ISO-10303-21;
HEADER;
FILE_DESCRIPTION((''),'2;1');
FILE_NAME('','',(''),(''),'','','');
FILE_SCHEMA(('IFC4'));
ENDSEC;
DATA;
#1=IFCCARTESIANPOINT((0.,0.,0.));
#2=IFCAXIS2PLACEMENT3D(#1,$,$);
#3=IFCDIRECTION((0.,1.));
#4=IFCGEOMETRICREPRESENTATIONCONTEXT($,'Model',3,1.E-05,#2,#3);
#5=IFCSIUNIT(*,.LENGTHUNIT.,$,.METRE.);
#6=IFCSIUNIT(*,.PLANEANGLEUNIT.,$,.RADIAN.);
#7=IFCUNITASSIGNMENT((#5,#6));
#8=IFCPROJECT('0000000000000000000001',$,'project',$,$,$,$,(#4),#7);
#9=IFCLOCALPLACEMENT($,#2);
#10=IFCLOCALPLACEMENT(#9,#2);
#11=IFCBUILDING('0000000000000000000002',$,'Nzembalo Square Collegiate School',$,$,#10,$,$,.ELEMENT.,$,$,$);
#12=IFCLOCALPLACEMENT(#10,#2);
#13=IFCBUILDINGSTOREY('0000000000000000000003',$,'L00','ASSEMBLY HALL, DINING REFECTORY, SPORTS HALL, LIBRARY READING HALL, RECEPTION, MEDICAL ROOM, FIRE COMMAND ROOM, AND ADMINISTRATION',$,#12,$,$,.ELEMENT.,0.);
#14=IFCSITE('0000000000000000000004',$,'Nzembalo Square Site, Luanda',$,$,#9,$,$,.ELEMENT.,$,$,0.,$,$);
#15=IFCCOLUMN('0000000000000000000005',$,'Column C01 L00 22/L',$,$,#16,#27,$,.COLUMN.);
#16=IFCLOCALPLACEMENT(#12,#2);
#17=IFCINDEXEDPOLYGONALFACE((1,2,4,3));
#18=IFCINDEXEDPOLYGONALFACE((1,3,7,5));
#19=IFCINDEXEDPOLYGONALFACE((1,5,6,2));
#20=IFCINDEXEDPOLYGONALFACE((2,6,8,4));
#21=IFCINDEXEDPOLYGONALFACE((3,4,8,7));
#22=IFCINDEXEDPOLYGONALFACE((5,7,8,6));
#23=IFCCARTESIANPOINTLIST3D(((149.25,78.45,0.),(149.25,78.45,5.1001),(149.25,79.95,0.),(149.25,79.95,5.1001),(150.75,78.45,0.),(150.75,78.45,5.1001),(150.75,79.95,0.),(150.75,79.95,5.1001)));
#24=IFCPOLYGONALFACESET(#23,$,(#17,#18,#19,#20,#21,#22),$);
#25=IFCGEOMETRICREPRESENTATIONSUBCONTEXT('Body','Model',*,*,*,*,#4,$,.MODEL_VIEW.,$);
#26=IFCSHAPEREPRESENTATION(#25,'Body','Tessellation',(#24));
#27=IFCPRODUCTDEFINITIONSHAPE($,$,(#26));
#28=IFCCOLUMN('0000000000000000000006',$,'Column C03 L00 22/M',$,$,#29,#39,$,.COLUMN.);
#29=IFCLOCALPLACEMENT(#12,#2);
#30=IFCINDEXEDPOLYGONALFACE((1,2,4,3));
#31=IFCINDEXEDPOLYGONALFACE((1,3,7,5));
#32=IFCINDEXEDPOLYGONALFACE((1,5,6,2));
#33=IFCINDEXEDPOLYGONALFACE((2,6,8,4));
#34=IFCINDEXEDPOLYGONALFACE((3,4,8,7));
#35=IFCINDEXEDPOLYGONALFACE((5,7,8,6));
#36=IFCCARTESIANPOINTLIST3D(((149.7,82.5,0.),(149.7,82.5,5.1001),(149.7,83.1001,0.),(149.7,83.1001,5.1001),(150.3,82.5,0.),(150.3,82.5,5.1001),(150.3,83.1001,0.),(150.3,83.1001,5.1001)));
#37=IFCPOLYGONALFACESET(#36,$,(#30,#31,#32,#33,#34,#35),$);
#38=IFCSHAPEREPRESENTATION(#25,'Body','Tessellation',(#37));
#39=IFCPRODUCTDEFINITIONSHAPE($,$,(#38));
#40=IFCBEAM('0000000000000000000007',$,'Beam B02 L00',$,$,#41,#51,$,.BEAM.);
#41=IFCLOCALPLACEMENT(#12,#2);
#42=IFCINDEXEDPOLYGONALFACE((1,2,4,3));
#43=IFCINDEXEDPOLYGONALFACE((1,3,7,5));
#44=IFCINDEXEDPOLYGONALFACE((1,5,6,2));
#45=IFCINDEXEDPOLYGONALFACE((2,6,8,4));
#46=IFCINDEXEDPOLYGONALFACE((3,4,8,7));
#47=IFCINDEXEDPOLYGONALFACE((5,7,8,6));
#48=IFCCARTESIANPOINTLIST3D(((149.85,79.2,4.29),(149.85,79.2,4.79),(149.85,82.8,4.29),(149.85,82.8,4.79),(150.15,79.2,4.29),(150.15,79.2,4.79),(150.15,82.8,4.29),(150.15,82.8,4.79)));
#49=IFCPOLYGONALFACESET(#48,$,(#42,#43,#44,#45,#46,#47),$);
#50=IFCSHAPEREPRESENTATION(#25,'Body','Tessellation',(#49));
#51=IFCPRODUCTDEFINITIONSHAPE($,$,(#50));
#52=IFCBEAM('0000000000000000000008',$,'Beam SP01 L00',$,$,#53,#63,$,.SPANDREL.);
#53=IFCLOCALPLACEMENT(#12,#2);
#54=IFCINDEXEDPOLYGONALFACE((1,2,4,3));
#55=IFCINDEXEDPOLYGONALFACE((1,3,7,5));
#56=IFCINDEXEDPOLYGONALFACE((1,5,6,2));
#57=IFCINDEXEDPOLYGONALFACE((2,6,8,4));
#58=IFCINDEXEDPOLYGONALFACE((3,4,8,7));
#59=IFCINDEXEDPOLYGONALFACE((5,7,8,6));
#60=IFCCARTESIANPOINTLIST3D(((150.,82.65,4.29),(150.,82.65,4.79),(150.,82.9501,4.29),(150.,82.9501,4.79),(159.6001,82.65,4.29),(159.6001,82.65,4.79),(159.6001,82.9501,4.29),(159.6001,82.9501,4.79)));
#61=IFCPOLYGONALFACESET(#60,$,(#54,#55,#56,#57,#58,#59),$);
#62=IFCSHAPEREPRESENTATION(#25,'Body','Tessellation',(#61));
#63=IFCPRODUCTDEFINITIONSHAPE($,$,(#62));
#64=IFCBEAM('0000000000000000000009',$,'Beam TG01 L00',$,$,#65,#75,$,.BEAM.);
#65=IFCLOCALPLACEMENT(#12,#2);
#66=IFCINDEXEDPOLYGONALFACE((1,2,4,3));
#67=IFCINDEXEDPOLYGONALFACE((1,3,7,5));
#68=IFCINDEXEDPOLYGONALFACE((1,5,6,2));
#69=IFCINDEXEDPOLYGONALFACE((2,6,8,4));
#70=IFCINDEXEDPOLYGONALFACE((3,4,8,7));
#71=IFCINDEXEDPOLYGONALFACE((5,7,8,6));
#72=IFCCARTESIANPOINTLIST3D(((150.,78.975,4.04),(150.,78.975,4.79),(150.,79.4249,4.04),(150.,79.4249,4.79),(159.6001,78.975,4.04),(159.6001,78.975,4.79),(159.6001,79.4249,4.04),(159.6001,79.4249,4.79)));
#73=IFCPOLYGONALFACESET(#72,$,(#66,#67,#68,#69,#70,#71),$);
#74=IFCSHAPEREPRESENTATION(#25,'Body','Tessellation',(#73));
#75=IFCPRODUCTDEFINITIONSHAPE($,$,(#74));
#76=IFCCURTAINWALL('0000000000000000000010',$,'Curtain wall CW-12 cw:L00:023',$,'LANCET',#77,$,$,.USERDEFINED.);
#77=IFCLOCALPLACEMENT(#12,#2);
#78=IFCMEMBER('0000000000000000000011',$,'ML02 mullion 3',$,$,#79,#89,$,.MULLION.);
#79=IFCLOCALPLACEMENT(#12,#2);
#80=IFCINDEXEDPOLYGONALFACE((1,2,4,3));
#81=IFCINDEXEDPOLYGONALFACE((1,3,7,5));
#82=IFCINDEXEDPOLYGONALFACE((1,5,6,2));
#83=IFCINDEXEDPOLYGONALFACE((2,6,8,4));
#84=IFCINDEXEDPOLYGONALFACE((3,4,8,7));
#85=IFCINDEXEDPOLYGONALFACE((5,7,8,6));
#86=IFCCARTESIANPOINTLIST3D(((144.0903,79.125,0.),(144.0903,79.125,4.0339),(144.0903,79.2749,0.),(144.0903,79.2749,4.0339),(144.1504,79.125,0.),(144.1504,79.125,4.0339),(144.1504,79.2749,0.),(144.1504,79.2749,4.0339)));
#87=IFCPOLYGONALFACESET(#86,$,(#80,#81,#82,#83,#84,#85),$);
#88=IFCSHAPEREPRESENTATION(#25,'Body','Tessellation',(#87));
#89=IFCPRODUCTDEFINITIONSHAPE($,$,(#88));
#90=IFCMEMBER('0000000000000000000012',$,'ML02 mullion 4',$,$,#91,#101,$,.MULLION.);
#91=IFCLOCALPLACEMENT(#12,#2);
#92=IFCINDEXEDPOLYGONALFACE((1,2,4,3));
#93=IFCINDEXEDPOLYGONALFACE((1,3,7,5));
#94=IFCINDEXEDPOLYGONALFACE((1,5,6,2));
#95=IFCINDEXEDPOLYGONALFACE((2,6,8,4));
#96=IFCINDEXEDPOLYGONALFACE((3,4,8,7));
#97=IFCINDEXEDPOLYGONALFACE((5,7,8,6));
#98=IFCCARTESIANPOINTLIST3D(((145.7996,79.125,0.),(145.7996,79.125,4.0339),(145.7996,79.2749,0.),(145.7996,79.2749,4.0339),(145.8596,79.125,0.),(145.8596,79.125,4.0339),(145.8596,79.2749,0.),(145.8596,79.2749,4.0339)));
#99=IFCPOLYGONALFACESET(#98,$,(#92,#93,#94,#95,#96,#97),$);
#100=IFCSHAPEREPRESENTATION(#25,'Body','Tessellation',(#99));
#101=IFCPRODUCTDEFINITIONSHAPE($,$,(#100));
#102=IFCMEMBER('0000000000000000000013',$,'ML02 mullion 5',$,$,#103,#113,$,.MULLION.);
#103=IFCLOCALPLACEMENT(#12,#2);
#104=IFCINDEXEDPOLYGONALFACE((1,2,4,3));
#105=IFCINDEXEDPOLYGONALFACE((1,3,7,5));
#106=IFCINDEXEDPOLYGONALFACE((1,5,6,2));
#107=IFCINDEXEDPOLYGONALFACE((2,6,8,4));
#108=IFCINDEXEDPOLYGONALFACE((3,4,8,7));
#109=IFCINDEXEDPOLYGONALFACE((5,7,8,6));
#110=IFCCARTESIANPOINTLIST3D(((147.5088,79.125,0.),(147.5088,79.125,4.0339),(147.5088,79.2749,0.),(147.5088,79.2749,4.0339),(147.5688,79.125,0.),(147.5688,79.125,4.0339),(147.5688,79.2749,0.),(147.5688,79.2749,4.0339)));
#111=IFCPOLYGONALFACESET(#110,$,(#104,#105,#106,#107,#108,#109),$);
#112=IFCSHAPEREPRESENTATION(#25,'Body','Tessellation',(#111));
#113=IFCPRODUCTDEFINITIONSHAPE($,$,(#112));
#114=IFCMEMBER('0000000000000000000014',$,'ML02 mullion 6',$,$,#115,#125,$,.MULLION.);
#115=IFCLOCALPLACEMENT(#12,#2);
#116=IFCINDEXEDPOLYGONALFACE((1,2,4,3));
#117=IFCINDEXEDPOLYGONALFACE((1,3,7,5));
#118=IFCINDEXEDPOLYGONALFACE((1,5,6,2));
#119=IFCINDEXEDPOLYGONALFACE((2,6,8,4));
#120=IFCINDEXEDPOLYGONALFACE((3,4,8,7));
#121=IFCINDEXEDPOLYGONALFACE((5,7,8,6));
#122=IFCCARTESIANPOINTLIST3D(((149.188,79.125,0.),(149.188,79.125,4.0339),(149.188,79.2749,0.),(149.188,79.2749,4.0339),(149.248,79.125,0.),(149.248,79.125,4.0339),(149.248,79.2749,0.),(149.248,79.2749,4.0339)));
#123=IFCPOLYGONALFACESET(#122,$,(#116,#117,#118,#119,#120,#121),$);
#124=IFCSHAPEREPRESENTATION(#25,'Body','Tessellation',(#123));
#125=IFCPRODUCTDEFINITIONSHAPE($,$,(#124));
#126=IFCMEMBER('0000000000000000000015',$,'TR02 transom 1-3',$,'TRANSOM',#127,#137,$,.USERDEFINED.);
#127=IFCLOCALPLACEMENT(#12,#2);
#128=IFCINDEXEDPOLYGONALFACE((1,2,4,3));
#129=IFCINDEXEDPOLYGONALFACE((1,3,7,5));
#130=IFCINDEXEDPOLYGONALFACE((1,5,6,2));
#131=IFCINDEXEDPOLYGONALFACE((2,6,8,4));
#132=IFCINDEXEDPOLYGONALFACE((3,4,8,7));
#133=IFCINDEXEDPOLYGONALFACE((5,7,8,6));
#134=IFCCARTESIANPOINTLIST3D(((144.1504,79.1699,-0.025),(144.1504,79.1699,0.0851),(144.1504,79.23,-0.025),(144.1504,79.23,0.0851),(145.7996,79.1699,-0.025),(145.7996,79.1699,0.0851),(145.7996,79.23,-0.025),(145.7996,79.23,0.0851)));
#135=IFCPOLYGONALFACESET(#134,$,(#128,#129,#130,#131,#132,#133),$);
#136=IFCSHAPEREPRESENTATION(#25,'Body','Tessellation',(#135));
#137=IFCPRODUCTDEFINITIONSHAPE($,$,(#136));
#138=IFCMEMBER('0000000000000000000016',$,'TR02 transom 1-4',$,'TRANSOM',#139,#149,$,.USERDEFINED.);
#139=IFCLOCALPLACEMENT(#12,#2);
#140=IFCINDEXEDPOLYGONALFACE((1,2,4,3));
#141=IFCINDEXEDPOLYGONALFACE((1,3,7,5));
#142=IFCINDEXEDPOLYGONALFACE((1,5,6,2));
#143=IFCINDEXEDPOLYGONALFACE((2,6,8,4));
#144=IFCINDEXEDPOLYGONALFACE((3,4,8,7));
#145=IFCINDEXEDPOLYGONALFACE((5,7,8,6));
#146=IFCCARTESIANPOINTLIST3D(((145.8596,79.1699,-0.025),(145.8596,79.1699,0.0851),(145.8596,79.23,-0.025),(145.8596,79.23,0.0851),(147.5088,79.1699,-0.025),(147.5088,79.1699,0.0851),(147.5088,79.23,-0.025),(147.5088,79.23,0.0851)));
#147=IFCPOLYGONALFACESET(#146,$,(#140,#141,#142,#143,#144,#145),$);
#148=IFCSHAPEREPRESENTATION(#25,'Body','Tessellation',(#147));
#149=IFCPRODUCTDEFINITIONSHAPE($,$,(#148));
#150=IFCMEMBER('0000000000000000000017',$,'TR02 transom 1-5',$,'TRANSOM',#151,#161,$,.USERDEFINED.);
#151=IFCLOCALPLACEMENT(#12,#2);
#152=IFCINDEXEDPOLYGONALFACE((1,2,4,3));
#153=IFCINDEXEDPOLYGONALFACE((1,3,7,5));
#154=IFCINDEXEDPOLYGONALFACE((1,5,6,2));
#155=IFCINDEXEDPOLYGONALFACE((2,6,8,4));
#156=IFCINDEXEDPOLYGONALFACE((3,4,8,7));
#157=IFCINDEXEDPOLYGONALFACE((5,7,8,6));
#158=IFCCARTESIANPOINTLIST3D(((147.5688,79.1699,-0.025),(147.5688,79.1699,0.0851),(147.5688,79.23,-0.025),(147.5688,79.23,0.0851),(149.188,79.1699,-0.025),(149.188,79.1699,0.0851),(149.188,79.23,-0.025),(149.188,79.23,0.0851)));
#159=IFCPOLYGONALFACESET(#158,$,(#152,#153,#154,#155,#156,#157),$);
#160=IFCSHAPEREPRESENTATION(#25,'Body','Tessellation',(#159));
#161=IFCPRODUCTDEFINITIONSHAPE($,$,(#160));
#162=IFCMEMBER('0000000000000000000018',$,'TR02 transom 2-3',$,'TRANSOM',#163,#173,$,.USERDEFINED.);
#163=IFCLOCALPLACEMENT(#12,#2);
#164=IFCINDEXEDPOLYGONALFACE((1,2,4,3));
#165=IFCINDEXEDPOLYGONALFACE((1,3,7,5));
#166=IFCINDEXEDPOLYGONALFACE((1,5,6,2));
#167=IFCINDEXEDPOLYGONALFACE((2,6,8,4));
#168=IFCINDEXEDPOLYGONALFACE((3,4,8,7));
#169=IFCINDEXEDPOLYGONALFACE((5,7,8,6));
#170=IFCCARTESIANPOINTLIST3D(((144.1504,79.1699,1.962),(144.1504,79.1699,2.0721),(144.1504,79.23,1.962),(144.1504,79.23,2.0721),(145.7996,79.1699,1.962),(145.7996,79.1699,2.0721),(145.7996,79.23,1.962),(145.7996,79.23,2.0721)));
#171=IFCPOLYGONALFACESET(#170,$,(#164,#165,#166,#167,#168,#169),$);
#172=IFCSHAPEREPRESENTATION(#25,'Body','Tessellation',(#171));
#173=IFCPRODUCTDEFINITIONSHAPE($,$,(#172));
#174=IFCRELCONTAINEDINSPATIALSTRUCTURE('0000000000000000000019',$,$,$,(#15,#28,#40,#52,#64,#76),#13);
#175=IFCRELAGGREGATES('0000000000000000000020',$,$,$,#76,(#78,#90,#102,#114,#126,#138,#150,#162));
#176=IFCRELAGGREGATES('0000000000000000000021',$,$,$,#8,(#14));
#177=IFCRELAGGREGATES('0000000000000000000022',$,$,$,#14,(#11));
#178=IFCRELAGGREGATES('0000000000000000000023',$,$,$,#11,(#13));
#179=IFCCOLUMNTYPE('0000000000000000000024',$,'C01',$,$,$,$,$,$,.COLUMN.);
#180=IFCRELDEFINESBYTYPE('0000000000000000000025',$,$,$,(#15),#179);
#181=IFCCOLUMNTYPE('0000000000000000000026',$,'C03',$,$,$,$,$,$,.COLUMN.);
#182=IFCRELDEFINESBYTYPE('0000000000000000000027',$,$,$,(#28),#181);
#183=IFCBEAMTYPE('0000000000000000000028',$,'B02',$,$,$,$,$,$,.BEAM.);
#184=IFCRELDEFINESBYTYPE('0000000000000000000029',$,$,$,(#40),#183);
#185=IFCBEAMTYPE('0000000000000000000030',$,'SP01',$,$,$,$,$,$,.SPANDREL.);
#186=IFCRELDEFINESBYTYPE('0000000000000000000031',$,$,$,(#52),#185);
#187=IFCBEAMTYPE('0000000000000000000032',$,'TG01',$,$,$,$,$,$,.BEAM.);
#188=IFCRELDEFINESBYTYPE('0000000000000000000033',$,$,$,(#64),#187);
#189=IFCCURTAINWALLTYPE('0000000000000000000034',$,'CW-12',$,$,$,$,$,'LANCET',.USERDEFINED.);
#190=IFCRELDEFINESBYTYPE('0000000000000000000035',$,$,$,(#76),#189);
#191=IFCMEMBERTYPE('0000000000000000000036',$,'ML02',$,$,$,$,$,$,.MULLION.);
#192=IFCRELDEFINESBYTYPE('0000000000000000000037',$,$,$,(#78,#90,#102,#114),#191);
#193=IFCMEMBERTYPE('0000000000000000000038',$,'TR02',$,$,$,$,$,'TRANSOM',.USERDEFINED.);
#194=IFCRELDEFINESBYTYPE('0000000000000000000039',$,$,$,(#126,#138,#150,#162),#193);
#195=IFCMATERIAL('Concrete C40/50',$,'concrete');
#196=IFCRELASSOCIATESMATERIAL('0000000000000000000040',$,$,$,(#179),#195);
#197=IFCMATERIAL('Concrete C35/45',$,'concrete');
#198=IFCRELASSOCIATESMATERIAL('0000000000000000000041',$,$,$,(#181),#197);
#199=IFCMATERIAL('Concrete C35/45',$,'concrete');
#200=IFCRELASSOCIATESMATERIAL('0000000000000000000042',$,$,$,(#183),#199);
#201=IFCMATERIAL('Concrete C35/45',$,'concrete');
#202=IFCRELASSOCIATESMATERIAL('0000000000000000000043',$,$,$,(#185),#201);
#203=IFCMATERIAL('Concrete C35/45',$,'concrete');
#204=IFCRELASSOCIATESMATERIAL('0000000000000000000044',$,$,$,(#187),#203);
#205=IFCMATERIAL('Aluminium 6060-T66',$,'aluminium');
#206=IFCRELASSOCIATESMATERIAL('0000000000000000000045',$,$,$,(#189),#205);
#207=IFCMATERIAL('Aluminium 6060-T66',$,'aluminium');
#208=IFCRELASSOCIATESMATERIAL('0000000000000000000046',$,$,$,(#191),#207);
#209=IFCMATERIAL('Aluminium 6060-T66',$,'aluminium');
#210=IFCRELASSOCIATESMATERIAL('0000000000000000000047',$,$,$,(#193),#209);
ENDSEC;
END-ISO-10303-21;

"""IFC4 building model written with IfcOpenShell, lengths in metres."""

from ifc_helpers import new_model, si_unit, direction, frame, origin, origin_2d, place, context, subcontext, project, spatial, rectangle, extrude, material, material_profile, profile_set, type_object, element, aggregate, save


model = new_model("IFC4")

# Units and contexts
model_context = context("Model", 3, precision=1e-05, world=origin(), true_north=direction((0.0, 1.0)))
body_context = subcontext(model_context, "Body", "Model", "MODEL_VIEW")
ifc_project = project(units=[si_unit("LENGTHUNIT", "METRE"), si_unit("PLANEANGLEUNIT", "RADIAN")], contexts=[model_context])

# Site, building, storey
site_placement = place(None, origin())
site = spatial("IfcSite", under=ifc_project, at=site_placement, Name="Nzembalo Square Site, Luanda", CompositionType="ELEMENT", RefElevation=0.0)
building_placement = place(site_placement, origin())
building = spatial("IfcBuilding", under=site, at=building_placement, Name="Nzembalo Square Collegiate School", CompositionType="ELEMENT")
storey_placement = place(building_placement, origin())
storey = spatial("IfcBuildingStorey", under=building, at=storey_placement, Name="L00", Description="ASSEMBLY HALL, DINING REFECTORY, SPORTS HALL, LIBRARY READING HALL, RECEPTION, MEDICAL ROOM, FIRE COMMAND ROOM, AND ADMINISTRATION", CompositionType="ELEMENT", Elevation=0.0)

# Columns
ifc_material_1 = material(Name="Concrete C40/50", Category="concrete")
ifc_material_profile_1 = material_profile(ifc_material_1, rectangle(XDim=1.5, YDim=1.5, at=origin_2d()), Name="RC 1500x1500")
ifc_profile_set_1 = profile_set([ifc_material_profile_1], Name="Concrete C40/50")
column_type_1 = type_object("IfcColumnType", Name="C01", PredefinedType="COLUMN", material=ifc_profile_set_1)
column_1_placement = place(storey_placement, frame((150.0, 79.2, 0.0), z_axis=(0.0, 0.0, 1.0), x_axis=(1.0, 0.0, 0.0)))
element("IfcColumn", 1, at=column_1_placement, inside=storey, type_object=column_type_1, Name="Column C01 L00 22/L", PredefinedType="COLUMN", context=body_context, shape_type="SweptSolid", body=[
    extrude(rectangle(XDim=1.5, YDim=1.5, at=origin_2d()), origin(), (0.0, 0.0, 1.0), 5.1001),
])
ifc_material_2 = material(Name="Concrete C35/45", Category="concrete")
ifc_material_profile_2 = material_profile(ifc_material_2, rectangle(XDim=0.6001, YDim=0.6001, at=origin_2d()), Name="RC 600x600")
ifc_profile_set_2 = profile_set([ifc_material_profile_2], Name="Concrete C35/45")
column_type_2 = type_object("IfcColumnType", Name="C03", PredefinedType="COLUMN", material=ifc_profile_set_2)
column_2_placement = place(storey_placement, frame((150.0, 82.8, 0.0), z_axis=(0.0, 0.0, 1.0), x_axis=(1.0, 0.0, 0.0)))
element("IfcColumn", 2, at=column_2_placement, inside=storey, type_object=column_type_2, Name="Column C03 L00 22/M", PredefinedType="COLUMN", context=body_context, shape_type="SweptSolid", body=[
    extrude(rectangle(XDim=0.6001, YDim=0.6001, at=origin_2d()), origin(), (0.0, 0.0, 1.0), 5.1001),
])

# Beams
ifc_material_3 = material(Name="Concrete C35/45", Category="concrete")
ifc_material_profile_3 = material_profile(ifc_material_3, rectangle(XDim=0.3, YDim=0.5, at=origin_2d()), Name="RC 300x500")
ifc_profile_set_3 = profile_set([ifc_material_profile_3], Name="Concrete C35/45")
beam_type_1 = type_object("IfcBeamType", Name="B02", PredefinedType="BEAM", material=ifc_profile_set_3)
beam_1_placement = place(storey_placement, frame((150.0, 79.2, 4.54), z_axis=(0.0, 1.0, 0.0), x_axis=(-1.0, 0.0, 0.0)))
element("IfcBeam", 3, at=beam_1_placement, inside=storey, type_object=beam_type_1, Name="Beam B02 L00", PredefinedType="BEAM", context=body_context, shape_type="SweptSolid", body=[
    extrude(rectangle(XDim=0.3, YDim=0.5, at=origin_2d()), origin(), (0.0, 0.0, 1.0), 3.6001),
])
ifc_material_4 = material(Name="Concrete C35/45", Category="concrete")
ifc_material_profile_4 = material_profile(ifc_material_4, rectangle(XDim=0.3, YDim=0.5, at=origin_2d()), Name="RC 300x500")
ifc_profile_set_4 = profile_set([ifc_material_profile_4], Name="Concrete C35/45")
beam_type_2 = type_object("IfcBeamType", Name="SP01", PredefinedType="SPANDREL", material=ifc_profile_set_4)
beam_2_placement = place(storey_placement, frame((150.0, 82.8, 4.54), z_axis=(1.0, 0.0, 0.0), x_axis=(0.0, 1.0, 0.0)))
element("IfcBeam", 4, at=beam_2_placement, inside=storey, type_object=beam_type_2, Name="Beam SP01 L00", PredefinedType="SPANDREL", context=body_context, shape_type="SweptSolid", body=[
    extrude(rectangle(XDim=0.3, YDim=0.5, at=origin_2d()), origin(), (0.0, 0.0, 1.0), 9.6001),
])
ifc_material_5 = material(Name="Concrete C35/45", Category="concrete")
ifc_material_profile_5 = material_profile(ifc_material_5, rectangle(XDim=0.45, YDim=0.75, at=origin_2d()), Name="RC 450x750")
ifc_profile_set_5 = profile_set([ifc_material_profile_5], Name="Concrete C35/45")
beam_type_3 = type_object("IfcBeamType", Name="TG01", PredefinedType="BEAM", material=ifc_profile_set_5)
beam_3_placement = place(storey_placement, frame((150.0, 79.2, 4.415), z_axis=(1.0, 0.0, 0.0), x_axis=(0.0, 1.0, 0.0)))
element("IfcBeam", 5, at=beam_3_placement, inside=storey, type_object=beam_type_3, Name="Beam TG01 L00", PredefinedType="BEAM", context=body_context, shape_type="SweptSolid", body=[
    extrude(rectangle(XDim=0.45, YDim=0.75, at=origin_2d()), origin(), (0.0, 0.0, 1.0), 9.6001),
])

# Curtain wall, members
ifc_material_6 = material(Name="Aluminium 6060-T66", Category="aluminium")
curtain_wall_type = type_object("IfcCurtainWallType", Name="CW-12", ElementType="LANCET", PredefinedType="USERDEFINED", material=ifc_material_6)
curtain_wall_placement = place(storey_placement, origin())
curtain_wall = element("IfcCurtainWall", 6, at=curtain_wall_placement, inside=storey, type_object=curtain_wall_type, Name="Curtain wall CW-12 cw:L00:023", ObjectType="LANCET", PredefinedType="USERDEFINED")
ifc_material_7 = material(Name="Aluminium 6060-T66", Category="aluminium")
ifc_material_profile_6 = material_profile(ifc_material_7, rectangle(XDim=0.0601, YDim=0.1499, at=origin_2d()), Name="ALU M60x150")
ifc_profile_set_6 = profile_set([ifc_material_profile_6], Name="Aluminium 6060-T66")
member_type_1 = type_object("IfcMemberType", Name="ML02", PredefinedType="MULLION", material=ifc_profile_set_6)
member_1_placement = place(storey_placement, frame((144.1204, 79.2, 0.0), z_axis=(0.0, 0.0, 1.0), x_axis=(1.0, 0.0, 0.0)))
member_1 = element("IfcMember", 7, at=member_1_placement, type_object=member_type_1, Name="ML02 mullion 3", PredefinedType="MULLION", context=body_context, shape_type="SweptSolid", body=[
    extrude(rectangle(XDim=0.0601, YDim=0.1499, at=origin_2d()), origin(), (0.0, 0.0, 1.0), 4.0339),
])
member_2_placement = place(storey_placement, frame((145.8296, 79.2, 0.0), z_axis=(0.0, 0.0, 1.0), x_axis=(1.0, 0.0, 0.0)))
member_2 = element("IfcMember", 8, at=member_2_placement, type_object=member_type_1, Name="ML02 mullion 4", PredefinedType="MULLION", context=body_context, shape_type="SweptSolid", body=[
    extrude(rectangle(XDim=0.0601, YDim=0.1499, at=origin_2d()), origin(), (0.0, 0.0, 1.0), 4.0339),
])
member_3_placement = place(storey_placement, frame((147.5388, 79.2, 0.0), z_axis=(0.0, 0.0, 1.0), x_axis=(1.0, 0.0, 0.0)))
member_3 = element("IfcMember", 9, at=member_3_placement, type_object=member_type_1, Name="ML02 mullion 5", PredefinedType="MULLION", context=body_context, shape_type="SweptSolid", body=[
    extrude(rectangle(XDim=0.0601, YDim=0.1499, at=origin_2d()), origin(), (0.0, 0.0, 1.0), 4.0339),
])
member_4_placement = place(storey_placement, frame((149.218, 79.2, 0.0), z_axis=(0.0, 0.0, 1.0), x_axis=(1.0, 0.0, 0.0)))
member_4 = element("IfcMember", 10, at=member_4_placement, type_object=member_type_1, Name="ML02 mullion 6", PredefinedType="MULLION", context=body_context, shape_type="SweptSolid", body=[
    extrude(rectangle(XDim=0.0601, YDim=0.1499, at=origin_2d()), origin(), (0.0, 0.0, 1.0), 4.0339),
])
ifc_material_8 = material(Name="Aluminium 6060-T66", Category="aluminium")
ifc_material_profile_7 = material_profile(ifc_material_8, rectangle(XDim=0.0601, YDim=0.1101, at=origin_2d()), Name="ALU T60x110")
ifc_profile_set_7 = profile_set([ifc_material_profile_7], Name="Aluminium 6060-T66")
member_type_2 = type_object("IfcMemberType", Name="TR02", ElementType="TRANSOM", PredefinedType="USERDEFINED", material=ifc_profile_set_7)
member_5_placement = place(storey_placement, frame((144.1504, 79.2, 0.03), z_axis=(1.0, 0.0, 0.0), x_axis=(0.0, 1.0, 0.0)))
member_5 = element("IfcMember", 11, at=member_5_placement, type_object=member_type_2, Name="TR02 transom 1-3", ObjectType="TRANSOM", PredefinedType="USERDEFINED", context=body_context, shape_type="SweptSolid", body=[
    extrude(rectangle(XDim=0.0601, YDim=0.1101, at=origin_2d()), origin(), (0.0, 0.0, 1.0), 1.6492),
])
member_6_placement = place(storey_placement, frame((145.8596, 79.2, 0.03), z_axis=(1.0, 0.0, 0.0), x_axis=(0.0, 1.0, 0.0)))
member_6 = element("IfcMember", 12, at=member_6_placement, type_object=member_type_2, Name="TR02 transom 1-4", ObjectType="TRANSOM", PredefinedType="USERDEFINED", context=body_context, shape_type="SweptSolid", body=[
    extrude(rectangle(XDim=0.0601, YDim=0.1101, at=origin_2d()), origin(), (0.0, 0.0, 1.0), 1.6492),
])
member_7_placement = place(storey_placement, frame((147.5688, 79.2, 0.03), z_axis=(1.0, 0.0, 0.0), x_axis=(0.0, 1.0, 0.0)))
member_7 = element("IfcMember", 13, at=member_7_placement, type_object=member_type_2, Name="TR02 transom 1-5", ObjectType="TRANSOM", PredefinedType="USERDEFINED", context=body_context, shape_type="SweptSolid", body=[
    extrude(rectangle(XDim=0.0601, YDim=0.1101, at=origin_2d()), origin(), (0.0, 0.0, 1.0), 1.6191),
])
member_8_placement = place(storey_placement, frame((144.1504, 79.2, 2.0171), z_axis=(1.0, 0.0, 0.0), x_axis=(0.0, 1.0, 0.0)))
member_8 = element("IfcMember", 14, at=member_8_placement, type_object=member_type_2, Name="TR02 transom 2-3", ObjectType="TRANSOM", PredefinedType="USERDEFINED", context=body_context, shape_type="SweptSolid", body=[
    extrude(rectangle(XDim=0.0601, YDim=0.1101, at=origin_2d()), origin(), (0.0, 0.0, 1.0), 1.6492),
])
aggregate(curtain_wall, [member_1, member_2, member_3, member_4, member_5, member_6, member_7, member_8])

save(model, "model.ifc")
